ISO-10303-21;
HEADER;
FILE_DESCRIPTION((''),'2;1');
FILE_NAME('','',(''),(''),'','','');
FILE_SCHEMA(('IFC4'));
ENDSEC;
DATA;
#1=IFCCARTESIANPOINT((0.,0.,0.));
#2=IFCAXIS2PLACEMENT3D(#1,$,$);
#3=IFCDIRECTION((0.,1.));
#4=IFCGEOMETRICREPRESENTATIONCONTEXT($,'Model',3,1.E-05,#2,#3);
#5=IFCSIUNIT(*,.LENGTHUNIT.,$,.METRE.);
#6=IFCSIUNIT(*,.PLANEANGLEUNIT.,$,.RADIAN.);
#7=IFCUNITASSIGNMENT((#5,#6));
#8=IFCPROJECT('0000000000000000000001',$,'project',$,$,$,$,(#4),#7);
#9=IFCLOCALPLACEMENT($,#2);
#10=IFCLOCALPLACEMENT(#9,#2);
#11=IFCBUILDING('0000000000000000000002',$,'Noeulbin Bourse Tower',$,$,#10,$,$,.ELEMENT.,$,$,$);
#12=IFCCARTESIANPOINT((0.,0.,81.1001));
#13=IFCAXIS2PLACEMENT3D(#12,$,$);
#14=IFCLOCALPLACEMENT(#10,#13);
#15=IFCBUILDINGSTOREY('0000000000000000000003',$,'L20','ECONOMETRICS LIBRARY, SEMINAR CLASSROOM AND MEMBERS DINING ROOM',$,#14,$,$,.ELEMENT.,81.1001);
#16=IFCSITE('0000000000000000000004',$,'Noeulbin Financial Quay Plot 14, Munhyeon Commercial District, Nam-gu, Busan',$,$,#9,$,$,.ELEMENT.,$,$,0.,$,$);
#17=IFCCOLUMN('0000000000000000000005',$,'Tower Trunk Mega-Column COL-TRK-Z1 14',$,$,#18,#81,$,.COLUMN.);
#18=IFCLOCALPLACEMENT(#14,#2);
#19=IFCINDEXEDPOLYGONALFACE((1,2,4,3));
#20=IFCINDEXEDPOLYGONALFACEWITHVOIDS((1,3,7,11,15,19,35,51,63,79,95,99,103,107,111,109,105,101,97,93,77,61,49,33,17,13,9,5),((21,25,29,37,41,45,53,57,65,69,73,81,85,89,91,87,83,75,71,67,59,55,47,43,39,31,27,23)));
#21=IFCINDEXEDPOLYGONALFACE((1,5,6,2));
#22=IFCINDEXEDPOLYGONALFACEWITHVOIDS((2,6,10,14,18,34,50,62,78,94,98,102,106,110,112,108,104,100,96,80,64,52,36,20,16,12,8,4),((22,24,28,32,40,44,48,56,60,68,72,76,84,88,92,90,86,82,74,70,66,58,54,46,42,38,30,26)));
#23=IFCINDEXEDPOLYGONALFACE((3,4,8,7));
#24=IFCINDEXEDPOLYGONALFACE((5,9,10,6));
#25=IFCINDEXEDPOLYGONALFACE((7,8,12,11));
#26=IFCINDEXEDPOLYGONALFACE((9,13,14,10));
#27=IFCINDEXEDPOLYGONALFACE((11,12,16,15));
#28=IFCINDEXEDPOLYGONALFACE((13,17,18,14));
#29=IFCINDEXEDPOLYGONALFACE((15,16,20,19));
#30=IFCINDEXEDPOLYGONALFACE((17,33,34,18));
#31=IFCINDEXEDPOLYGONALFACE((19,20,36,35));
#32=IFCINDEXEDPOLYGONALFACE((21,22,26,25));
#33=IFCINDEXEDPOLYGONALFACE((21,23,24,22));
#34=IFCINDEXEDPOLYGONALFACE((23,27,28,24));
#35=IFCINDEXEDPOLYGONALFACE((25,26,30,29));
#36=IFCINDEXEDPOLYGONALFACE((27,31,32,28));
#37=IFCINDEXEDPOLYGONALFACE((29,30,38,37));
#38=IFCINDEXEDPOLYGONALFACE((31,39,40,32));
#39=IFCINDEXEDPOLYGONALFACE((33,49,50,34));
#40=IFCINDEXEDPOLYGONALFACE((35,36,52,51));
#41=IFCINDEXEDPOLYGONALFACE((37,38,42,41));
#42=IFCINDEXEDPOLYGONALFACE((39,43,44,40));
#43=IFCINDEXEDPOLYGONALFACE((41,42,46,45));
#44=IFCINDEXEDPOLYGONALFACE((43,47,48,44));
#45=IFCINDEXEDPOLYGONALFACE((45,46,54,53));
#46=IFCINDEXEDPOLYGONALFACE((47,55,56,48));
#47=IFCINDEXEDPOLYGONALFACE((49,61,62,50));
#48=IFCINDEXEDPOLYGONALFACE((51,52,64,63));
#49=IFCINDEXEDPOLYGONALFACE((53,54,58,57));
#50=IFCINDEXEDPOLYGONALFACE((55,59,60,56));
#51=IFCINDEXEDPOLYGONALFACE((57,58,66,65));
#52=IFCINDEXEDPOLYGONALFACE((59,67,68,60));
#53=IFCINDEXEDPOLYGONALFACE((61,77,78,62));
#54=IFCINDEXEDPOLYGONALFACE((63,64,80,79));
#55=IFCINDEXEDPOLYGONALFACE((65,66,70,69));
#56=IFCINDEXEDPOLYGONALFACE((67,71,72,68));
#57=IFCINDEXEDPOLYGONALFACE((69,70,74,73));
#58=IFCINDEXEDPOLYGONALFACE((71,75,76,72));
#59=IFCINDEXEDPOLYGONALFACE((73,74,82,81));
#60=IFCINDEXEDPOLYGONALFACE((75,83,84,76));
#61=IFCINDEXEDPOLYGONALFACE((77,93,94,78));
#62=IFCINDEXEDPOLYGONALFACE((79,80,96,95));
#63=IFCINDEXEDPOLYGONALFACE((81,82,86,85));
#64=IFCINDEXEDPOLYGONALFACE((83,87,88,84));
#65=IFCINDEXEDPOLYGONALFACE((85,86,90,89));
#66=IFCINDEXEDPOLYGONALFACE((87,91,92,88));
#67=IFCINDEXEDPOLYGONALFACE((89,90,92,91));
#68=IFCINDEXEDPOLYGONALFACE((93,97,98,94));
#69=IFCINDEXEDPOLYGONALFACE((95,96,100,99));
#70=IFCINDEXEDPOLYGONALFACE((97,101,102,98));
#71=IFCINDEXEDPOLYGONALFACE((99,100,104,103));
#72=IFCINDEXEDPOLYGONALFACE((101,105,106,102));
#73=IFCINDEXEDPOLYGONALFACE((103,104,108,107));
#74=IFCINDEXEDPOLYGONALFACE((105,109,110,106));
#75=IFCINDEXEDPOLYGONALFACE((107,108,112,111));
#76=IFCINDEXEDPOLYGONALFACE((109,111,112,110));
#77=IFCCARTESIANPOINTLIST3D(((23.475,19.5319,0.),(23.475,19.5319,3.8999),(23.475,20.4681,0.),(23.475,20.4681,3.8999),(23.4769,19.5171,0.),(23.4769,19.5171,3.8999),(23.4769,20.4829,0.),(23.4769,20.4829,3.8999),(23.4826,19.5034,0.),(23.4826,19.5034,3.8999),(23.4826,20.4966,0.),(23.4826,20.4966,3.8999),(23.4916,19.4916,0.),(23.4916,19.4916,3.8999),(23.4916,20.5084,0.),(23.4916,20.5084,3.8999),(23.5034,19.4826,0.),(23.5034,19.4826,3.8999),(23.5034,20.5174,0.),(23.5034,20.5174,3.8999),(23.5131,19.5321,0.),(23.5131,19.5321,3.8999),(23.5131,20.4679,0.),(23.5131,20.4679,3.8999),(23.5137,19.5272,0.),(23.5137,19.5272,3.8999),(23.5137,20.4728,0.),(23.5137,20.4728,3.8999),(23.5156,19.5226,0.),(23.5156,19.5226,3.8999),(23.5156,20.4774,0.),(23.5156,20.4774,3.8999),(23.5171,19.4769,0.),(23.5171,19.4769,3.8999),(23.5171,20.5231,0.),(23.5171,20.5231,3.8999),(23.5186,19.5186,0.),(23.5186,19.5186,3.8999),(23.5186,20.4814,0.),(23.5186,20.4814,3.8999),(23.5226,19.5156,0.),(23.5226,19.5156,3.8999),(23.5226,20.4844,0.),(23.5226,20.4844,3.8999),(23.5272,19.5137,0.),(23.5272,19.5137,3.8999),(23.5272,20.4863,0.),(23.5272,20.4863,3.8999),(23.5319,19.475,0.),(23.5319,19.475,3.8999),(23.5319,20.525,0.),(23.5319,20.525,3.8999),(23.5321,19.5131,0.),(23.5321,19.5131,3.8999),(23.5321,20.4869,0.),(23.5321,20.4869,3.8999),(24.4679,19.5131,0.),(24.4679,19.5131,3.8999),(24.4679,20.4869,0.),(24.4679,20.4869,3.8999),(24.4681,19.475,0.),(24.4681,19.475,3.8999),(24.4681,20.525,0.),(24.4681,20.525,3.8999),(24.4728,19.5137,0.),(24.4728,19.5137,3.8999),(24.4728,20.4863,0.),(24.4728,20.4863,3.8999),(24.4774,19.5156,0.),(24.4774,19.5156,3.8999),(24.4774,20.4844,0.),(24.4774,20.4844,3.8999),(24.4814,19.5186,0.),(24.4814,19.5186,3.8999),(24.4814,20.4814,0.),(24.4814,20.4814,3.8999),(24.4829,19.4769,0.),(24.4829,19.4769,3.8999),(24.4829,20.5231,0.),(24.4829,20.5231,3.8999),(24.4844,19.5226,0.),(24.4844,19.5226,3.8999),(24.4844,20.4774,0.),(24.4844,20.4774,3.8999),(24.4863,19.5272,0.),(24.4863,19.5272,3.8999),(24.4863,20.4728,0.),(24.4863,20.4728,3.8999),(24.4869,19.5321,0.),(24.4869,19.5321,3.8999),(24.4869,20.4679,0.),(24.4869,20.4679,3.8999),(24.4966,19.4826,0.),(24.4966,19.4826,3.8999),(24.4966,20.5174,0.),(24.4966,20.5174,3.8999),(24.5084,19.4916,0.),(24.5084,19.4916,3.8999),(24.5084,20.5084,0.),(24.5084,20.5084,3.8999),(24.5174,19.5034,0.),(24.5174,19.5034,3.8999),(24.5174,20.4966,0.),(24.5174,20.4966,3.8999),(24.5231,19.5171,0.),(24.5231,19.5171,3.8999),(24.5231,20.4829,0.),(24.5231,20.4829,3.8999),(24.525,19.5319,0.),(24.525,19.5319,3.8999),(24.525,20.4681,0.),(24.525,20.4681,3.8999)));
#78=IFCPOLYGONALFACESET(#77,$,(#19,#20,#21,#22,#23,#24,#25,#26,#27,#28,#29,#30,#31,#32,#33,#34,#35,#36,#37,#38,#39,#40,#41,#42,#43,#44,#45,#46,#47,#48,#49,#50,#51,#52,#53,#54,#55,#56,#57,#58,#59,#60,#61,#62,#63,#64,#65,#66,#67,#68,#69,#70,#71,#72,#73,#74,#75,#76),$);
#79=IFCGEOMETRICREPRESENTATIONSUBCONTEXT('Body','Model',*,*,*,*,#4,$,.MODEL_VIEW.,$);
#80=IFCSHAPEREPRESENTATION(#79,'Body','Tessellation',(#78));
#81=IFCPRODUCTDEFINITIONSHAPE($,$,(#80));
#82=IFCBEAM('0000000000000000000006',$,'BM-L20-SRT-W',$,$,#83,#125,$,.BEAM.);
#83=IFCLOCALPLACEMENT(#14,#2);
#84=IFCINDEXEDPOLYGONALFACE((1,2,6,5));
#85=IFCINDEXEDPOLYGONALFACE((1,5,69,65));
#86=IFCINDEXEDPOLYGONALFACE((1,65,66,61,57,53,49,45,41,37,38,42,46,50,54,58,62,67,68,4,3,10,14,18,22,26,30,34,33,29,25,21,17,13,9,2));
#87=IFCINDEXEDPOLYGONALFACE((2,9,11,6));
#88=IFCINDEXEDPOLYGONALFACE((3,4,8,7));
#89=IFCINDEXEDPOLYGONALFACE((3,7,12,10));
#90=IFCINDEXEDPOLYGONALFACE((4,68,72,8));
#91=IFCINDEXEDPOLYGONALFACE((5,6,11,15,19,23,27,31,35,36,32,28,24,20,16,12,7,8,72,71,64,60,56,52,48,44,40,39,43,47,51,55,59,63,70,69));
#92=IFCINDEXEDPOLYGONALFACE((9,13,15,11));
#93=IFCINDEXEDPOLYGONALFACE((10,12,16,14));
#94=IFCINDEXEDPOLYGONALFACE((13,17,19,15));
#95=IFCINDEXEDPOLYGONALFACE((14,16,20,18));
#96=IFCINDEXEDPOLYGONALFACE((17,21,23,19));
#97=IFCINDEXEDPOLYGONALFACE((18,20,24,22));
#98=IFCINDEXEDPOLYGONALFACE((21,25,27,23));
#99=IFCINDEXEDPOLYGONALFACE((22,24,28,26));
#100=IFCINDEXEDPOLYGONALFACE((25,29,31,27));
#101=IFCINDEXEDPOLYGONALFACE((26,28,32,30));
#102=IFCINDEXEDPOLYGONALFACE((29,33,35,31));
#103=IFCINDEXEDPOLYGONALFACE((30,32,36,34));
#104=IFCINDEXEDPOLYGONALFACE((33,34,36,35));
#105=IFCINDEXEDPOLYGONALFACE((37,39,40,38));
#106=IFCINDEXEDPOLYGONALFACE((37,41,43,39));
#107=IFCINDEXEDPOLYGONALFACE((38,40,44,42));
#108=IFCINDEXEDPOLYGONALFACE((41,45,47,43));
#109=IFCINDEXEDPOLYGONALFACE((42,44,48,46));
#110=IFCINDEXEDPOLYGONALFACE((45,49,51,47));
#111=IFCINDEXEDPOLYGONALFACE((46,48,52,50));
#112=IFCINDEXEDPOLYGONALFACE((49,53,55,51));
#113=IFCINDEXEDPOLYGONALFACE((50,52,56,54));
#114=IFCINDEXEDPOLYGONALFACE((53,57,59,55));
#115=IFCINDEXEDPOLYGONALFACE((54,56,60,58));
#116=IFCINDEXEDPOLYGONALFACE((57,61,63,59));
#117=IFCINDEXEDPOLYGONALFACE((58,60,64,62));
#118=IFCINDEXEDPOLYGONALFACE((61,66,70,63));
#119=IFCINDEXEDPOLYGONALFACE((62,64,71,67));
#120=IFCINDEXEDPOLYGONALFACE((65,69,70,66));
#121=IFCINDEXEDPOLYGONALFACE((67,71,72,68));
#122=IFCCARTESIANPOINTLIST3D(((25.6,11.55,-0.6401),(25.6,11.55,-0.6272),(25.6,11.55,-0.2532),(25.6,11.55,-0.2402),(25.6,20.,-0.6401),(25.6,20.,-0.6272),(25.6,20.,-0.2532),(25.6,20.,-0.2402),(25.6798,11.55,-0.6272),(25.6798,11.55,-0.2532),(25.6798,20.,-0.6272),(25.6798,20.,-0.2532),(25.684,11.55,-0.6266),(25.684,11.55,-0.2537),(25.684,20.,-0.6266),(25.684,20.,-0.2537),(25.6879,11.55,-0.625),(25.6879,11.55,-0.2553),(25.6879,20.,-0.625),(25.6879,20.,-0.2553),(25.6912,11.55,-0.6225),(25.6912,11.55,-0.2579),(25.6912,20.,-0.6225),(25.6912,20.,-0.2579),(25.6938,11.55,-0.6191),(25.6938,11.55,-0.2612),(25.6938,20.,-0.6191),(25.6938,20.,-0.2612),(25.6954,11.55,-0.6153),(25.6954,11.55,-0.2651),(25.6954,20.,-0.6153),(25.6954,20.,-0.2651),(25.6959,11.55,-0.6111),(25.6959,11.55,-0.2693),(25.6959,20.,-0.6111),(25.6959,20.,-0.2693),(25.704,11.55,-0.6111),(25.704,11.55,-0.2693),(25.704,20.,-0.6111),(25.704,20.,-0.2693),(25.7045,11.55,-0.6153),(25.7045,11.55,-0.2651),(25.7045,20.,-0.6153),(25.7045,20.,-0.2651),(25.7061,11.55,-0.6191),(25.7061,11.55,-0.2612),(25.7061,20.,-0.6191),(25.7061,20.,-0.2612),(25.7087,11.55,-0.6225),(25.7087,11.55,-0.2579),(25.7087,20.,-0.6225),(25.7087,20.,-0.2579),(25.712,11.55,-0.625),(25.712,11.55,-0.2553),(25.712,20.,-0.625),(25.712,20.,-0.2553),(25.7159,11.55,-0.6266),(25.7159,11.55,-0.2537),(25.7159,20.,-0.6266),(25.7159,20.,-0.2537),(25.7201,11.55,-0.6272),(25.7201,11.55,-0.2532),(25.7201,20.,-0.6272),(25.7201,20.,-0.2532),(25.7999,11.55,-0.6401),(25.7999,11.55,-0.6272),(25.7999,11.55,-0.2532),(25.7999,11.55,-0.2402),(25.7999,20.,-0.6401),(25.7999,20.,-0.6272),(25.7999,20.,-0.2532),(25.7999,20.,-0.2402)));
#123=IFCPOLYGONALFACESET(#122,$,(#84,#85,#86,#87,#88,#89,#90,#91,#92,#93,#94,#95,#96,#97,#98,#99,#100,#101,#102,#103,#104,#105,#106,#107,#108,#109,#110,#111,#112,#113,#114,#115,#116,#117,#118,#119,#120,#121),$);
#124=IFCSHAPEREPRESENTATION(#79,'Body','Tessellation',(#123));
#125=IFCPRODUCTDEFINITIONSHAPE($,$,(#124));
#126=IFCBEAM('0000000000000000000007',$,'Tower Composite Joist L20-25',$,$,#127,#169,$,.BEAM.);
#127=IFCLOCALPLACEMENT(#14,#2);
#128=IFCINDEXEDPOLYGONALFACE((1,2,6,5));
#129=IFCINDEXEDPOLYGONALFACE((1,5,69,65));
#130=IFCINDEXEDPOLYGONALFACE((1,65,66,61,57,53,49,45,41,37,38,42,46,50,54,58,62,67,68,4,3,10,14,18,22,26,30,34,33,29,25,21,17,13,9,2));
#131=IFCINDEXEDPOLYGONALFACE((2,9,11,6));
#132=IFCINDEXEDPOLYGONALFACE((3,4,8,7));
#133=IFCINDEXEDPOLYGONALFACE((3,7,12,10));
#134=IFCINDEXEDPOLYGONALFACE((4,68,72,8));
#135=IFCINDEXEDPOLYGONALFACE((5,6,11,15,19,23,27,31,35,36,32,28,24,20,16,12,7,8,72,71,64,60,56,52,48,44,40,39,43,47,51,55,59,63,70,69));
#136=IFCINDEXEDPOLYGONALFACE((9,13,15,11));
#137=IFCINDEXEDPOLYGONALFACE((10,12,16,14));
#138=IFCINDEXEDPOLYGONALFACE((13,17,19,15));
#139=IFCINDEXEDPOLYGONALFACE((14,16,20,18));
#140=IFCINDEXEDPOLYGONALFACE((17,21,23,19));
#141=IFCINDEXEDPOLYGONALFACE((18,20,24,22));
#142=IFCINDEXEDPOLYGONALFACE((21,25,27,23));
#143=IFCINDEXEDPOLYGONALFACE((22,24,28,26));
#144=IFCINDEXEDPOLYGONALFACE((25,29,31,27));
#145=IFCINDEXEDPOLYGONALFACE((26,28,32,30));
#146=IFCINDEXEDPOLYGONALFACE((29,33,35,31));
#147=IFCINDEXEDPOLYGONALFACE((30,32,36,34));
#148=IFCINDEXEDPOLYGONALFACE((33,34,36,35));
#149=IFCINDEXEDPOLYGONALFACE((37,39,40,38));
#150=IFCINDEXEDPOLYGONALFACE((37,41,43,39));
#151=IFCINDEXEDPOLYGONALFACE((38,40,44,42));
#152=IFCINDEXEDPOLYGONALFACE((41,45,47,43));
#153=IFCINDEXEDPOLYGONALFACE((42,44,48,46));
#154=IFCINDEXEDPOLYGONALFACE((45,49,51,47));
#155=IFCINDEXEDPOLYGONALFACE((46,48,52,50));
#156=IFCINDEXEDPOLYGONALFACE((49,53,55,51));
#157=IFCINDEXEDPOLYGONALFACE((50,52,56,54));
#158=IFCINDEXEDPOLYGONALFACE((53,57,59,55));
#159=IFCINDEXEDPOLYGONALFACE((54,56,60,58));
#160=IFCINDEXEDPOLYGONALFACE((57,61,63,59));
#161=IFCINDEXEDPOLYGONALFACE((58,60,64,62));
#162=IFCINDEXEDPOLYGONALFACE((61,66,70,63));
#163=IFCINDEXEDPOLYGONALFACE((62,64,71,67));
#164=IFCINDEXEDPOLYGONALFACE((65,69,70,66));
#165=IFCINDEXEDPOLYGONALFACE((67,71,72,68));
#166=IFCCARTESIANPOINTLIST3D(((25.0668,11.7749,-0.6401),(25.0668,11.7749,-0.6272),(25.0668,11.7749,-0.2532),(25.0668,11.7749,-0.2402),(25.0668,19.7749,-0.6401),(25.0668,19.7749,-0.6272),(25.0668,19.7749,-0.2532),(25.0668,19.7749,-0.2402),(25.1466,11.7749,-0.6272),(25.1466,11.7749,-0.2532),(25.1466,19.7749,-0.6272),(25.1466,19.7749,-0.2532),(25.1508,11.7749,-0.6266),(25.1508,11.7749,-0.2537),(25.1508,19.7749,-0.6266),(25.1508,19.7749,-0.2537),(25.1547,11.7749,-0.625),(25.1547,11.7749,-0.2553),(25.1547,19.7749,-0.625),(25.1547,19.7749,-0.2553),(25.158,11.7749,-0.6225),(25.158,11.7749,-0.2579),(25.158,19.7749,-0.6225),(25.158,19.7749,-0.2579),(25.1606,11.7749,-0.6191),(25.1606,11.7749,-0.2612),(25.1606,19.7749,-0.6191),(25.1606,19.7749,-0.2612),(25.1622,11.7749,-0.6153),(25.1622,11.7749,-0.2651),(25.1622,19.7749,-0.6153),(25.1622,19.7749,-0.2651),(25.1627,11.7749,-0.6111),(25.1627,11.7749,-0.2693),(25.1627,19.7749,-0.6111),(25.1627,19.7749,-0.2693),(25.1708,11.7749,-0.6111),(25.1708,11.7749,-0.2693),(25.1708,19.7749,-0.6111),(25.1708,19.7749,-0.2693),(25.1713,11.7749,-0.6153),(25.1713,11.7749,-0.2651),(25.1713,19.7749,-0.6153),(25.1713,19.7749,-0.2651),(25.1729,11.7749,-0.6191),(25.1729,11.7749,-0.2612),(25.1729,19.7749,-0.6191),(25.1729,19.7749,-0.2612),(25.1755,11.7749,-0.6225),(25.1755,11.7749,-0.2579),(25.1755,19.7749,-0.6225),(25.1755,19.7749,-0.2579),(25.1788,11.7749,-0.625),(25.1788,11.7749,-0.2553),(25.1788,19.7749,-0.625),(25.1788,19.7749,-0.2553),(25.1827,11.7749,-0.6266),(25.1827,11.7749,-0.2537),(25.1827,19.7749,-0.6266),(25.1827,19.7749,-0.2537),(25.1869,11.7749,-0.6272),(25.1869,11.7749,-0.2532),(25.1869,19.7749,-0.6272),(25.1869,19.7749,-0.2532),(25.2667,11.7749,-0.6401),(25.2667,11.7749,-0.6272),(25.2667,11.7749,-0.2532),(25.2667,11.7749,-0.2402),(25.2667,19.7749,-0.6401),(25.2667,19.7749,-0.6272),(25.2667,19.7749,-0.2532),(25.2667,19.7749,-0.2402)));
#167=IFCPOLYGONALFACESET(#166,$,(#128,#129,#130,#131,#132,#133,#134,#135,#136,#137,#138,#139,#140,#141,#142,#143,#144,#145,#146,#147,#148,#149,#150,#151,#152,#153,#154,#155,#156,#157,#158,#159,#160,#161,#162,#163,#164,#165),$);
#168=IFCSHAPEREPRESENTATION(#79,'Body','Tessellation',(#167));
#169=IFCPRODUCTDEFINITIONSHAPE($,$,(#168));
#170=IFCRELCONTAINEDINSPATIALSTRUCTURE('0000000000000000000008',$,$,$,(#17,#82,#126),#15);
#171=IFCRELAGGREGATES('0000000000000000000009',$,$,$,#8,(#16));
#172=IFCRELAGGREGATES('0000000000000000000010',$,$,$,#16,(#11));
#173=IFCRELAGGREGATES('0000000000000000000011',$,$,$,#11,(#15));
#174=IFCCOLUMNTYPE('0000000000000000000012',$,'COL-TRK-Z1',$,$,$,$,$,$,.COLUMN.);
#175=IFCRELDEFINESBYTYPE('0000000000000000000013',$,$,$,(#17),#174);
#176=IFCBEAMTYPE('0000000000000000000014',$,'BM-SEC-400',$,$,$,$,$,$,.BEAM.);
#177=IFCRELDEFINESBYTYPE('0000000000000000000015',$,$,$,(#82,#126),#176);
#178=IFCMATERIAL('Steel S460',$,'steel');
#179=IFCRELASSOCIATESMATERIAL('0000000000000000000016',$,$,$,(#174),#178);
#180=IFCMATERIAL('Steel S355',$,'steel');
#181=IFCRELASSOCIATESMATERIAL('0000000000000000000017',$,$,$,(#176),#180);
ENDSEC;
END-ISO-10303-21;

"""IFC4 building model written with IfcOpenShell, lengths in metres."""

from ifc_helpers import new_model, si_unit, direction, frame, origin, origin_2d, place, context, subcontext, project, spatial, hollow_rectangle, i_section, extrude, material, material_profile, profile_set, type_object, element, save


model = new_model("IFC4")

# Units and contexts
model_context = context("Model", 3, precision=1e-05, world=origin(), true_north=direction((0.0, 1.0)))
body_context = subcontext(model_context, "Body", "Model", "MODEL_VIEW")
ifc_project = project(units=[si_unit("LENGTHUNIT", "METRE"), si_unit("PLANEANGLEUNIT", "RADIAN")], contexts=[model_context])

# Site, building, storey
site_placement = place(None, origin())
site = spatial("IfcSite", under=ifc_project, at=site_placement, Name="Noeulbin Financial Quay Plot 14, Munhyeon Commercial District, Nam-gu, Busan", CompositionType="ELEMENT", RefElevation=0.0)
building_placement = place(site_placement, origin())
building = spatial("IfcBuilding", under=site, at=building_placement, Name="Noeulbin Bourse Tower", CompositionType="ELEMENT")
storey_placement = place(building_placement, frame((0.0, 0.0, 81.1001)))
storey = spatial("IfcBuildingStorey", under=building, at=storey_placement, Name="L20", Description="ECONOMETRICS LIBRARY, SEMINAR CLASSROOM AND MEMBERS DINING ROOM", CompositionType="ELEMENT", Elevation=81.1001)

# Column
ifc_material_1 = material(Name="Steel S460", Category="steel")
ifc_material_profile_1 = material_profile(ifc_material_1, hollow_rectangle(XDim=1.05, YDim=1.05, WallThickness=0.0381, InnerFilletRadius=0.019, OuterFilletRadius=0.0569, at=origin_2d()), Name="BOX-1050x1050x38", Category="LoadBearing")
ifc_profile_set_1 = profile_set([ifc_material_profile_1], Name="Steel S460")
column_type = type_object("IfcColumnType", Name="COL-TRK-Z1", PredefinedType="COLUMN", material=ifc_profile_set_1)
column_placement = place(storey_placement, frame((24.0, 20.0, 0.0), z_axis=(0.0, 0.0, 1.0), x_axis=(1.0, 0.0, 0.0)))
element("IfcColumn", 1, at=column_placement, inside=storey, type_object=column_type, Name="Tower Trunk Mega-Column COL-TRK-Z1 14", PredefinedType="COLUMN", context=body_context, shape_type="SweptSolid", body=[
    extrude(hollow_rectangle(XDim=1.05, YDim=1.05, WallThickness=0.0381, InnerFilletRadius=0.019, OuterFilletRadius=0.0569, at=origin_2d()), origin(), (0.0, 0.0, 1.0), 3.8999),
])

# Beams
ifc_material_2 = material(Name="Steel S355", Category="steel")
ifc_material_profile_2 = material_profile(ifc_material_2, i_section(OverallWidth=0.2, OverallDepth=0.3999, WebThickness=0.0081, FlangeThickness=0.0129, FilletRadius=0.0161, at=origin_2d()), Name="H-400x200x8x13", Category="LoadBearing")
ifc_profile_set_2 = profile_set([ifc_material_profile_2], Name="Steel S355")
beam_type_1 = type_object("IfcBeamType", Name="BM-SEC-400", PredefinedType="BEAM", material=ifc_profile_set_2)
beam_1_placement = place(storey_placement, frame((25.7, 11.55, -0.4402), z_axis=(0.0, 1.0, 0.0), x_axis=(-1.0, 0.0, 0.0)))
element("IfcBeam", 2, at=beam_1_placement, inside=storey, type_object=beam_type_1, Name="BM-L20-SRT-W", PredefinedType="BEAM", context=body_context, shape_type="SweptSolid", body=[
    extrude(i_section(OverallWidth=0.2, OverallDepth=0.3999, WebThickness=0.0081, FlangeThickness=0.0129, FilletRadius=0.0161, at=origin_2d()), origin(), (0.0, 0.0, 1.0), 8.45),
])
beam_2_placement = place(storey_placement, frame((25.1667, 11.7749, -0.4402), z_axis=(0.0, 1.0, 0.0), x_axis=(-1.0, 0.0, 0.0)))
element("IfcBeam", 3, at=beam_2_placement, inside=storey, type_object=beam_type_1, Name="Tower Composite Joist L20-25", PredefinedType="BEAM", context=body_context, shape_type="SweptSolid", body=[
    extrude(i_section(OverallWidth=0.2, OverallDepth=0.3999, WebThickness=0.0081, FlangeThickness=0.0129, FilletRadius=0.0161, at=origin_2d()), origin(), (0.0, 0.0, 1.0), 8.0),
])

save(model, "model.ifc")
